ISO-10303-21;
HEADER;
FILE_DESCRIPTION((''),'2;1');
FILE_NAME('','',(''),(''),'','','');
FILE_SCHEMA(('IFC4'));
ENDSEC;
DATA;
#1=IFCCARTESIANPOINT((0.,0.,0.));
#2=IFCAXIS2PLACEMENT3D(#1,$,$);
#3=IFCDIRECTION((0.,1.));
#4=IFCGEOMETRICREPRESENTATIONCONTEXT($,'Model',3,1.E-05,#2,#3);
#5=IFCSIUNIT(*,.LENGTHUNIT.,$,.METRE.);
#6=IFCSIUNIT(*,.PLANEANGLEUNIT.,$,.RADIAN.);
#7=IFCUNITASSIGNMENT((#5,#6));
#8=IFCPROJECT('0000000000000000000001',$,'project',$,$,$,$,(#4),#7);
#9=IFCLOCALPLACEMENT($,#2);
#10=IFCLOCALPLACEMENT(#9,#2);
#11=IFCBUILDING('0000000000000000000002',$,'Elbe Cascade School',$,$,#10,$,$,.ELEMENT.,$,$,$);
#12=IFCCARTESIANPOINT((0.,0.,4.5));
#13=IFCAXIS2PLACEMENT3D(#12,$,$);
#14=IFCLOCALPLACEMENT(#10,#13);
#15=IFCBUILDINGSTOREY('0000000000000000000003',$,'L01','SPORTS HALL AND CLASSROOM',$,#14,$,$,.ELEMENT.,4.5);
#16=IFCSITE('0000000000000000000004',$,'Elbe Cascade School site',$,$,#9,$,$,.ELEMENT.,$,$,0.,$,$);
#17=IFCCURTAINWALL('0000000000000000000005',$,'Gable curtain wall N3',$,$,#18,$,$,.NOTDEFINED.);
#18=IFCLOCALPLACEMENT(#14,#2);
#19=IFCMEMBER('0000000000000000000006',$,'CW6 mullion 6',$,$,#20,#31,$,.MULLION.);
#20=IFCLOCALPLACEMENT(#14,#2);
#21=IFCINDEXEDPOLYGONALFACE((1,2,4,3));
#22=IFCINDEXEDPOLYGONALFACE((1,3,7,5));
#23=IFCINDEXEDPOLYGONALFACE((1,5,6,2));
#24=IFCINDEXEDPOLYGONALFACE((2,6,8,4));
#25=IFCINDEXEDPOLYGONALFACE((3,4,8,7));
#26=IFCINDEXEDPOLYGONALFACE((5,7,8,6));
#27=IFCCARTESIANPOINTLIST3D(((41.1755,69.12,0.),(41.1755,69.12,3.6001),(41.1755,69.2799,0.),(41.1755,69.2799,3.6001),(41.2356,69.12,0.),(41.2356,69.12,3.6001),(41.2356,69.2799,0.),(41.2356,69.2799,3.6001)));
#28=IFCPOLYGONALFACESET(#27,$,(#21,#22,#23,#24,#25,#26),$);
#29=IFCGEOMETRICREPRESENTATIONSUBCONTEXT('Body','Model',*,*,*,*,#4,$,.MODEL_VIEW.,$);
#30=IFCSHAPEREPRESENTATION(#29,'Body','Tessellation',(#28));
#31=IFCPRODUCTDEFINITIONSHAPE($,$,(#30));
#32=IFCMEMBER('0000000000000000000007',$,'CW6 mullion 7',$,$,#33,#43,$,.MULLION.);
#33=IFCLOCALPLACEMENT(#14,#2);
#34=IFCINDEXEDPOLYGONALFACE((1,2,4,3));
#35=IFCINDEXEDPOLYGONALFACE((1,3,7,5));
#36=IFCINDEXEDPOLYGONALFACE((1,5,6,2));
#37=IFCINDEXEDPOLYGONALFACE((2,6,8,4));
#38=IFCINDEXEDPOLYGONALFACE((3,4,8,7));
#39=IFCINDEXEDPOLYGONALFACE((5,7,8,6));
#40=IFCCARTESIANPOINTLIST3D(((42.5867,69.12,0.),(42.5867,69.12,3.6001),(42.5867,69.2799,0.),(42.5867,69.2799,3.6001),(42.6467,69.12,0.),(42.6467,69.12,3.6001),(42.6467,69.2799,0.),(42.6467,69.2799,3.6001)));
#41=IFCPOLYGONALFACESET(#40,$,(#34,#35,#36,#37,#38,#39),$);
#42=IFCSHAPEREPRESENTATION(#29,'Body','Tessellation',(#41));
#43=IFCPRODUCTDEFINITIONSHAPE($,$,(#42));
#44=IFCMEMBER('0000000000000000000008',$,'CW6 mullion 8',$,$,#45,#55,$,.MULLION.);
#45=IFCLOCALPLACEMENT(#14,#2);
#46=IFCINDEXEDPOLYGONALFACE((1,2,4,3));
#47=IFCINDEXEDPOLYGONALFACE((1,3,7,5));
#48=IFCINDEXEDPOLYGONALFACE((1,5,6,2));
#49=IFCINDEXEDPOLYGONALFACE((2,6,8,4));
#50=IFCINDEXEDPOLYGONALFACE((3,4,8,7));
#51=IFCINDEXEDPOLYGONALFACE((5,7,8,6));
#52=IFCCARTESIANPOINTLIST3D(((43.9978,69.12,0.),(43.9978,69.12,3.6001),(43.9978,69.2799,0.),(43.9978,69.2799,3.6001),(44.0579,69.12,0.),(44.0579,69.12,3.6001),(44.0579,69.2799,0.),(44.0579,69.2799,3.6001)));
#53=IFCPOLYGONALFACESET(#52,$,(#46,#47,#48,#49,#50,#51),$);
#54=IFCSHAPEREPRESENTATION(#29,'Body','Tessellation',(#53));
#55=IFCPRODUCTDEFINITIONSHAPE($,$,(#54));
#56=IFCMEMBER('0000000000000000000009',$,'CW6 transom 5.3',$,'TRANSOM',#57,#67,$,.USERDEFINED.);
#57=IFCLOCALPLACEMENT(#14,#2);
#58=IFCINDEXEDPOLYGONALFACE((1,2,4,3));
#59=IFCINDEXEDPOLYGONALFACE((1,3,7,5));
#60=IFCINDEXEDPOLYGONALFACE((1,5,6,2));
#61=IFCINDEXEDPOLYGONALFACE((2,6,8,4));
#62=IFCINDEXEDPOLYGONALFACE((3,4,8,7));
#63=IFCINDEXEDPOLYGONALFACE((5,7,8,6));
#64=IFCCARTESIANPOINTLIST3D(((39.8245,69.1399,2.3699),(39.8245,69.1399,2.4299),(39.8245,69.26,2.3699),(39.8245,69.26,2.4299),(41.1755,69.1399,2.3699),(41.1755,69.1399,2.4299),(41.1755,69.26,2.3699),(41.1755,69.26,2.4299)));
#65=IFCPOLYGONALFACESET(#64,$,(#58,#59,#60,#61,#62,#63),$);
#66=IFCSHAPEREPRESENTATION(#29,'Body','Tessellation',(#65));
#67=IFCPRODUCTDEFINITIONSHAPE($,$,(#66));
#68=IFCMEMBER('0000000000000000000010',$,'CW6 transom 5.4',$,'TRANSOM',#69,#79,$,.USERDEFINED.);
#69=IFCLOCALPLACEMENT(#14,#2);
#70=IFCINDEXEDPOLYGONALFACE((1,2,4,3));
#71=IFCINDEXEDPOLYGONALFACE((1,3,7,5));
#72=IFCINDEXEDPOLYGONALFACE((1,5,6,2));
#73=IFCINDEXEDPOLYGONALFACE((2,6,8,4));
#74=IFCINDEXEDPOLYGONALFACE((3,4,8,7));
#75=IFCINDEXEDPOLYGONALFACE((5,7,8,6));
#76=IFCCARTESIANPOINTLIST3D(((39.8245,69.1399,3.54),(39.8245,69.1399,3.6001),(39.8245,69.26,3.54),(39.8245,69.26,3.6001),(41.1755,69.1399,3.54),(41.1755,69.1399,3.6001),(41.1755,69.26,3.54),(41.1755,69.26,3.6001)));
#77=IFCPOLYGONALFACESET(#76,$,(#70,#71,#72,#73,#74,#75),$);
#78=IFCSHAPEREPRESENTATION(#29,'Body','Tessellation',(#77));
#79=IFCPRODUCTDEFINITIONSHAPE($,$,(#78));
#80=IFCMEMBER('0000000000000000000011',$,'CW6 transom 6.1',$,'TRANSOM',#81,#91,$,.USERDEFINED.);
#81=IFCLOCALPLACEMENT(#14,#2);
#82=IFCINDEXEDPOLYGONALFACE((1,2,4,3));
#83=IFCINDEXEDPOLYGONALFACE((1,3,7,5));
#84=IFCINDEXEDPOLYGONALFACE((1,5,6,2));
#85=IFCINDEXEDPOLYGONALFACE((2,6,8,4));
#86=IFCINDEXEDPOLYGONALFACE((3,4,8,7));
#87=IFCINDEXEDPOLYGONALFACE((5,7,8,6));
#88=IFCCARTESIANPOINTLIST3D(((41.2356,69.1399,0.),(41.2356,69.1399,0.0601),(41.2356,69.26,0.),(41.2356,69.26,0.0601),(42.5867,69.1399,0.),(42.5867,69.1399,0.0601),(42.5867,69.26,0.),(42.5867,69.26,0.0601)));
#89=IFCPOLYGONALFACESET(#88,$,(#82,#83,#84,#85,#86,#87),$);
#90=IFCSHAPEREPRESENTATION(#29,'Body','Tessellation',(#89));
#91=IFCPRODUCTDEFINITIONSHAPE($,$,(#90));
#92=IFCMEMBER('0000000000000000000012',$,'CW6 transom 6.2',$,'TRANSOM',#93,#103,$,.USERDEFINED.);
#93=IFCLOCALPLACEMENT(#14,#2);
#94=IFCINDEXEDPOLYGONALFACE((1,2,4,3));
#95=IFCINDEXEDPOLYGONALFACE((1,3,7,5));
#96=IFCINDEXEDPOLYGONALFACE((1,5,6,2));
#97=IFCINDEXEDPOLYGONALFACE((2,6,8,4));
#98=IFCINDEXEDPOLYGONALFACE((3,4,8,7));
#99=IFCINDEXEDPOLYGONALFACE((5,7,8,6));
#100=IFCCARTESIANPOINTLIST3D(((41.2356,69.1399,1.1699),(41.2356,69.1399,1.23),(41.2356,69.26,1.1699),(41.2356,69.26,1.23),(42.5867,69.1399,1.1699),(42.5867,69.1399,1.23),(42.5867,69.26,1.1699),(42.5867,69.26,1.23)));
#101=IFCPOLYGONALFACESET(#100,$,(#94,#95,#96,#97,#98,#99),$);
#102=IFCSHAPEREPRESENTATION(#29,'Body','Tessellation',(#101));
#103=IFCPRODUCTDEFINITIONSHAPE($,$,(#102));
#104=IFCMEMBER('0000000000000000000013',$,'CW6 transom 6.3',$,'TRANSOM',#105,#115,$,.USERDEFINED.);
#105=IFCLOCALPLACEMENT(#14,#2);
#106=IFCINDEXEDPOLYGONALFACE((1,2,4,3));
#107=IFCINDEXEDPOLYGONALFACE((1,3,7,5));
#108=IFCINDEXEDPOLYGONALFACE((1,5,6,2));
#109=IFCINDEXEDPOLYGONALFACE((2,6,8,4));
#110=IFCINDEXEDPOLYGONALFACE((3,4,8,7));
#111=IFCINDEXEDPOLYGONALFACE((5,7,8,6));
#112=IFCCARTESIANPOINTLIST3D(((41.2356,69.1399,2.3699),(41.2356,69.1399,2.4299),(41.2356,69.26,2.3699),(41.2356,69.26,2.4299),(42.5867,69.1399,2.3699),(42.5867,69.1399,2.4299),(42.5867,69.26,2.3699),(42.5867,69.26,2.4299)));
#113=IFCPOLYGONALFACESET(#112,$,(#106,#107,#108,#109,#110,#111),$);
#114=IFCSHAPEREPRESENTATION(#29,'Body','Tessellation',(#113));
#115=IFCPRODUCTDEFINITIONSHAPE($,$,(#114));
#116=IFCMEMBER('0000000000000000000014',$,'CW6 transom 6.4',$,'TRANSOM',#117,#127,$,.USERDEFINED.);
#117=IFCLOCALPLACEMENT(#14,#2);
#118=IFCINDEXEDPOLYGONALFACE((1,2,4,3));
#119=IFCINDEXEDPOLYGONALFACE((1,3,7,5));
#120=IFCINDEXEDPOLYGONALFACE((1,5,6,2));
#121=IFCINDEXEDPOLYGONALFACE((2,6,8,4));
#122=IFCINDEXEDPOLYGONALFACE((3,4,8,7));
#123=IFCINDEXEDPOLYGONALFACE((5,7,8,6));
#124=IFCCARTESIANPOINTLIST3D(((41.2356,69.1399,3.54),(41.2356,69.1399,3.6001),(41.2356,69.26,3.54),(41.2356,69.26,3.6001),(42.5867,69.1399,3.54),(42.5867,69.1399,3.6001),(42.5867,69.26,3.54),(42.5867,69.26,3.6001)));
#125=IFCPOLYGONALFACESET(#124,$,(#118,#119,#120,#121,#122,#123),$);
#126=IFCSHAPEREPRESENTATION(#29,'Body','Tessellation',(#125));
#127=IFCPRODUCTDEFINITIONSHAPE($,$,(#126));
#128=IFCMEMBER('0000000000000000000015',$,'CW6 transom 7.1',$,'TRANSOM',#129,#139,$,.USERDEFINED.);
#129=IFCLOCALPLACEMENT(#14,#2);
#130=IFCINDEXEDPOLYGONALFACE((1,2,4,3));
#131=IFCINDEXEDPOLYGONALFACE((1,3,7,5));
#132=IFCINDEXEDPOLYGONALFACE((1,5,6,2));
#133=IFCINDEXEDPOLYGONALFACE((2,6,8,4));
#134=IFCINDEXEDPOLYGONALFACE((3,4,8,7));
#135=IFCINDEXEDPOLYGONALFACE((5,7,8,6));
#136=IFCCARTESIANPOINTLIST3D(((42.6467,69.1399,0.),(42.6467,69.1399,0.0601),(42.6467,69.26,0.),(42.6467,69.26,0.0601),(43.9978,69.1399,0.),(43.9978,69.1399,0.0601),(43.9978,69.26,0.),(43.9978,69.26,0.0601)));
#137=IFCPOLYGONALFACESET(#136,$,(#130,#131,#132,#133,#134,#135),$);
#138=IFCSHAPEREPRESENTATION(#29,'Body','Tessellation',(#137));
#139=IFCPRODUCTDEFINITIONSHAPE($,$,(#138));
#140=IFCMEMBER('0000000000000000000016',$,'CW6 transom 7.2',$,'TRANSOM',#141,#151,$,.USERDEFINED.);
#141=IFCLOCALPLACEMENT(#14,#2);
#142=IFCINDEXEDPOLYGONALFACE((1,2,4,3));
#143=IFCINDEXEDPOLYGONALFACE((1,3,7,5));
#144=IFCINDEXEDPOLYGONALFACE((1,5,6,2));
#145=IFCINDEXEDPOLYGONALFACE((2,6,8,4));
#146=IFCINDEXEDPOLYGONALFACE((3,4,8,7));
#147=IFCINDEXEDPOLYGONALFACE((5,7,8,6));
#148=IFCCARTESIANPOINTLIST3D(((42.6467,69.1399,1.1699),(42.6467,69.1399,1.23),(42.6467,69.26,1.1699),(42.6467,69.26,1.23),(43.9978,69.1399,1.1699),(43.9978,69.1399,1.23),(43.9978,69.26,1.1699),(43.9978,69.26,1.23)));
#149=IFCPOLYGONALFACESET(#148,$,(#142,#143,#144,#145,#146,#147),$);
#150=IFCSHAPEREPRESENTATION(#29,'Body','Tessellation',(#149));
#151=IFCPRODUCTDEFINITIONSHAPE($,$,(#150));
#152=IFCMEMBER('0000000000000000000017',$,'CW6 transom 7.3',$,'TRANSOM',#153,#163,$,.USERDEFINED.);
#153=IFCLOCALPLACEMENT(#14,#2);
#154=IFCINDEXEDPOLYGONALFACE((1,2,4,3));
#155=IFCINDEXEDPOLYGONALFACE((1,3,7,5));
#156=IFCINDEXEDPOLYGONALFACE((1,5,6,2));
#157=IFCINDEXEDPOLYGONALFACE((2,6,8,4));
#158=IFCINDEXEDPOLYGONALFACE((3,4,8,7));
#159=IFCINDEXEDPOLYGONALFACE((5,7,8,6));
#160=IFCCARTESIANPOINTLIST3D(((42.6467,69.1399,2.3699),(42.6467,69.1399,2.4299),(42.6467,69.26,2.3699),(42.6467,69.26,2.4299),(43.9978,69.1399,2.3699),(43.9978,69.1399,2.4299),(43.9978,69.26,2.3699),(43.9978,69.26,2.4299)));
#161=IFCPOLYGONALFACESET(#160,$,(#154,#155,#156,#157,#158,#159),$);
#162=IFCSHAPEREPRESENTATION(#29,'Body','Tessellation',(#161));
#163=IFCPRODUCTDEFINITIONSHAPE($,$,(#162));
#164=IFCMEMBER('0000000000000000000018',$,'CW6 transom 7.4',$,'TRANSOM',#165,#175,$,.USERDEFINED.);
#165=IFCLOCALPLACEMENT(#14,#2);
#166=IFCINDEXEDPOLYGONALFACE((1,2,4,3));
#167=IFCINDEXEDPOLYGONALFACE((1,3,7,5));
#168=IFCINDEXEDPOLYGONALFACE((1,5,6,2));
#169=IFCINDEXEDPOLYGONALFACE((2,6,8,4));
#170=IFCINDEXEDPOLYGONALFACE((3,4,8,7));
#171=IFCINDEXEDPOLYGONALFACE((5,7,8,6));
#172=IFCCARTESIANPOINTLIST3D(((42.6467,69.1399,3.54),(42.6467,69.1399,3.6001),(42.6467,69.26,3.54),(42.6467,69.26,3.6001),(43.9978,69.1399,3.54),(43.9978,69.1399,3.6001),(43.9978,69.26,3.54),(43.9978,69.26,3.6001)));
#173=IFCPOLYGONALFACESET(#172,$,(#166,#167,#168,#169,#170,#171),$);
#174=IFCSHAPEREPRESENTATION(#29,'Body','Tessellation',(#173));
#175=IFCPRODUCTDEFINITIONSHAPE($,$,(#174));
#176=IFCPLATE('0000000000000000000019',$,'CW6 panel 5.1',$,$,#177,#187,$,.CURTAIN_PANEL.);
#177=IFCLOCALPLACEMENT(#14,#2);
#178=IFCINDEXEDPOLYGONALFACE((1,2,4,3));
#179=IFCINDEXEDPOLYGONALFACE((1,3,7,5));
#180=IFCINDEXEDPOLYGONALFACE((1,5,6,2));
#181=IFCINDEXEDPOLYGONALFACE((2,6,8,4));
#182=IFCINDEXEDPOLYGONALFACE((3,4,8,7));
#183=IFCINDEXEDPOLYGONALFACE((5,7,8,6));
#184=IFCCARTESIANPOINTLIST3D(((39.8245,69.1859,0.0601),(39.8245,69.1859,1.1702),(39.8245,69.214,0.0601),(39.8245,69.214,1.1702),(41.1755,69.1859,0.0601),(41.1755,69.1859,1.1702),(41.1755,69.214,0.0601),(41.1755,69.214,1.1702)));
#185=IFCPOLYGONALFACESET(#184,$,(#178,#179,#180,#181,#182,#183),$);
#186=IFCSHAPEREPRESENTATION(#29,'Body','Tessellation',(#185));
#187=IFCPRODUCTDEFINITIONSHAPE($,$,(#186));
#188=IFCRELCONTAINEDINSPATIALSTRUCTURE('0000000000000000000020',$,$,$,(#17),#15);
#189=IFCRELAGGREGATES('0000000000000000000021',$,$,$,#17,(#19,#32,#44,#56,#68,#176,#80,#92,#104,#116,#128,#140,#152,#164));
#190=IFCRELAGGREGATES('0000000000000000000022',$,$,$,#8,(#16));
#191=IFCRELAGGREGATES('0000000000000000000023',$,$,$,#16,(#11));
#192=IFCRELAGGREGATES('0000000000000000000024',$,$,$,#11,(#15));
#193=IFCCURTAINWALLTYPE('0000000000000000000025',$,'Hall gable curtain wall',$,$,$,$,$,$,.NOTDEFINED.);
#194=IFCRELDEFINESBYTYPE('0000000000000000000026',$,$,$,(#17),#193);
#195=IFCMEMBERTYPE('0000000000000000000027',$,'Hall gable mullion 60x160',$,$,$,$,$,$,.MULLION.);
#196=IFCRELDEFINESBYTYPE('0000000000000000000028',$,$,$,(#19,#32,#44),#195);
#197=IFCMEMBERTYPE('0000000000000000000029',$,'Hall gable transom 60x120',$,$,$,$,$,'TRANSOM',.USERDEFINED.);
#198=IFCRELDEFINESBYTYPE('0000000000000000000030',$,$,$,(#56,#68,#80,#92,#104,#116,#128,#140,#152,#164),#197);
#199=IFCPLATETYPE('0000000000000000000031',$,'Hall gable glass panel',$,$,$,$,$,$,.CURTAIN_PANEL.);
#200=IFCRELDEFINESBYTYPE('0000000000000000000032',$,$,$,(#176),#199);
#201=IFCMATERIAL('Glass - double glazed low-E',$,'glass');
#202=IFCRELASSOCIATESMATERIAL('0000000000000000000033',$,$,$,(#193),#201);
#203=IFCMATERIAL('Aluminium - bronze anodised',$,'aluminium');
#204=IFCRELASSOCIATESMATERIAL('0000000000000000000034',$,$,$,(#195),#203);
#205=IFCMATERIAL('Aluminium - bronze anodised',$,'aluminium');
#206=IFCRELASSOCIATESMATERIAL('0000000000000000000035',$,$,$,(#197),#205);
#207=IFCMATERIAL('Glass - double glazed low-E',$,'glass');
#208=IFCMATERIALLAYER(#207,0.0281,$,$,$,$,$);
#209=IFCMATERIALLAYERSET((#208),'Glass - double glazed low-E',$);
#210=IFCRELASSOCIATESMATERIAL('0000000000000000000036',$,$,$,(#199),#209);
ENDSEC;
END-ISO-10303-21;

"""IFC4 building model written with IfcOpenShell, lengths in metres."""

from ifc_helpers import new_model, si_unit, direction, frame, origin, origin_2d, place, context, subcontext, project, spatial, rectangle, extrude, material, layer, layer_set, material_profile, profile_set, type_object, element, aggregate, save


model = new_model("IFC4")

# Units and contexts
model_context = context("Model", 3, precision=1e-05, world=origin(), true_north=direction((0.0, 1.0)))
body_context = subcontext(model_context, "Body", "Model", "MODEL_VIEW")
ifc_project = project(units=[si_unit("LENGTHUNIT", "METRE"), si_unit("PLANEANGLEUNIT", "RADIAN")], contexts=[model_context])

# Site, building, storey
site_placement = place(None, origin())
site = spatial("IfcSite", under=ifc_project, at=site_placement, Name="Elbe Cascade School site", CompositionType="ELEMENT", RefElevation=0.0)
building_placement = place(site_placement, origin())
building = spatial("IfcBuilding", under=site, at=building_placement, Name="Elbe Cascade School", CompositionType="ELEMENT")
storey_placement = place(building_placement, frame((0.0, 0.0, 4.5)))
storey = spatial("IfcBuildingStorey", under=building, at=storey_placement, Name="L01", Description="SPORTS HALL AND CLASSROOM", CompositionType="ELEMENT", Elevation=4.5)

# Curtain wall, members, plate
ifc_material_1 = material(Name="Glass - double glazed low-E", Category="glass")
curtain_wall_type = type_object("IfcCurtainWallType", Name="Hall gable curtain wall", PredefinedType="NOTDEFINED", material=ifc_material_1)
curtain_wall_placement = place(storey_placement, origin())
curtain_wall = element("IfcCurtainWall", 1, at=curtain_wall_placement, inside=storey, type_object=curtain_wall_type, Name="Gable curtain wall N3", PredefinedType="NOTDEFINED")
ifc_material_2 = material(Name="Aluminium - bronze anodised", Category="aluminium")
ifc_material_profile_1 = material_profile(ifc_material_2, rectangle(XDim=0.1599, YDim=0.0601, at=origin_2d()), Name="Alu 60x160")
ifc_profile_set_1 = profile_set([ifc_material_profile_1], Name="Aluminium - bronze anodised")
member_type_1 = type_object("IfcMemberType", Name="Hall gable mullion 60x160", PredefinedType="MULLION", material=ifc_profile_set_1)
member_1_placement = place(storey_placement, frame((41.2056, 69.2, 0.0), z_axis=(0.0, 0.0, 1.0), x_axis=(0.0, 1.0, 0.0)))
member_1 = element("IfcMember", 2, at=member_1_placement, type_object=member_type_1, Name="CW6 mullion 6", PredefinedType="MULLION", context=body_context, shape_type="SweptSolid", body=[
    extrude(rectangle(XDim=0.1599, YDim=0.0601, at=origin_2d()), origin(), (0.0, 0.0, 1.0), 3.6001),
])
member_2_placement = place(storey_placement, frame((42.6167, 69.2, 0.0), z_axis=(0.0, 0.0, 1.0), x_axis=(0.0, 1.0, 0.0)))
member_2 = element("IfcMember", 3, at=member_2_placement, type_object=member_type_1, Name="CW6 mullion 7", PredefinedType="MULLION", context=body_context, shape_type="SweptSolid", body=[
    extrude(rectangle(XDim=0.1599, YDim=0.0601, at=origin_2d()), origin(), (0.0, 0.0, 1.0), 3.6001),
])
member_3_placement = place(storey_placement, frame((44.0278, 69.2, 0.0), z_axis=(0.0, 0.0, 1.0), x_axis=(0.0, 1.0, 0.0)))
member_3 = element("IfcMember", 4, at=member_3_placement, type_object=member_type_1, Name="CW6 mullion 8", PredefinedType="MULLION", context=body_context, shape_type="SweptSolid", body=[
    extrude(rectangle(XDim=0.1599, YDim=0.0601, at=origin_2d()), origin(), (0.0, 0.0, 1.0), 3.6001),
])
ifc_material_3 = material(Name="Aluminium - bronze anodised", Category="aluminium")
ifc_material_profile_2 = material_profile(ifc_material_3, rectangle(XDim=0.1201, YDim=0.0601, at=origin_2d()), Name="Alu 60x120")
ifc_profile_set_2 = profile_set([ifc_material_profile_2], Name="Aluminium - bronze anodised")
member_type_2 = type_object("IfcMemberType", Name="Hall gable transom 60x120", ElementType="TRANSOM", PredefinedType="USERDEFINED", material=ifc_profile_set_2)
member_4_placement = place(storey_placement, frame((39.8245, 69.2, 2.3999), z_axis=(1.0, 0.0, 0.0), x_axis=(0.0, 1.0, 0.0)))
member_4 = element("IfcMember", 5, at=member_4_placement, type_object=member_type_2, Name="CW6 transom 5.3", ObjectType="TRANSOM", PredefinedType="USERDEFINED", context=body_context, shape_type="SweptSolid", body=[
    extrude(rectangle(XDim=0.1201, YDim=0.0601, at=origin_2d()), origin(), (0.0, 0.0, 1.0), 1.3511),
])
member_5_placement = place(storey_placement, frame((39.8245, 69.2, 3.5701), z_axis=(1.0, 0.0, 0.0), x_axis=(0.0, 1.0, 0.0)))
member_5 = element("IfcMember", 6, at=member_5_placement, type_object=member_type_2, Name="CW6 transom 5.4", ObjectType="TRANSOM", PredefinedType="USERDEFINED", context=body_context, shape_type="SweptSolid", body=[
    extrude(rectangle(XDim=0.1201, YDim=0.0601, at=origin_2d()), origin(), (0.0, 0.0, 1.0), 1.3511),
])
member_6_placement = place(storey_placement, frame((41.2356, 69.2, 0.03), z_axis=(1.0, 0.0, 0.0), x_axis=(0.0, 1.0, 0.0)))
member_6 = element("IfcMember", 7, at=member_6_placement, type_object=member_type_2, Name="CW6 transom 6.1", ObjectType="TRANSOM", PredefinedType="USERDEFINED", context=body_context, shape_type="SweptSolid", body=[
    extrude(rectangle(XDim=0.1201, YDim=0.0601, at=origin_2d()), origin(), (0.0, 0.0, 1.0), 1.3511),
])
member_7_placement = place(storey_placement, frame((41.2356, 69.2, 1.2), z_axis=(1.0, 0.0, 0.0), x_axis=(0.0, 1.0, 0.0)))
member_7 = element("IfcMember", 8, at=member_7_placement, type_object=member_type_2, Name="CW6 transom 6.2", ObjectType="TRANSOM", PredefinedType="USERDEFINED", context=body_context, shape_type="SweptSolid", body=[
    extrude(rectangle(XDim=0.1201, YDim=0.0601, at=origin_2d()), origin(), (0.0, 0.0, 1.0), 1.3511),
])
member_8_placement = place(storey_placement, frame((41.2356, 69.2, 2.3999), z_axis=(1.0, 0.0, 0.0), x_axis=(0.0, 1.0, 0.0)))
member_8 = element("IfcMember", 9, at=member_8_placement, type_object=member_type_2, Name="CW6 transom 6.3", ObjectType="TRANSOM", PredefinedType="USERDEFINED", context=body_context, shape_type="SweptSolid", body=[
    extrude(rectangle(XDim=0.1201, YDim=0.0601, at=origin_2d()), origin(), (0.0, 0.0, 1.0), 1.3511),
])
member_9_placement = place(storey_placement, frame((41.2356, 69.2, 3.5701), z_axis=(1.0, 0.0, 0.0), x_axis=(0.0, 1.0, 0.0)))
member_9 = element("IfcMember", 10, at=member_9_placement, type_object=member_type_2, Name="CW6 transom 6.4", ObjectType="TRANSOM", PredefinedType="USERDEFINED", context=body_context, shape_type="SweptSolid", body=[
    extrude(rectangle(XDim=0.1201, YDim=0.0601, at=origin_2d()), origin(), (0.0, 0.0, 1.0), 1.3511),
])
member_10_placement = place(storey_placement, frame((42.6467, 69.2, 0.03), z_axis=(1.0, 0.0, 0.0), x_axis=(0.0, 1.0, 0.0)))
member_10 = element("IfcMember", 11, at=member_10_placement, type_object=member_type_2, Name="CW6 transom 7.1", ObjectType="TRANSOM", PredefinedType="USERDEFINED", context=body_context, shape_type="SweptSolid", body=[
    extrude(rectangle(XDim=0.1201, YDim=0.0601, at=origin_2d()), origin(), (0.0, 0.0, 1.0), 1.3511),
])
member_11_placement = place(storey_placement, frame((42.6467, 69.2, 1.2), z_axis=(1.0, 0.0, 0.0), x_axis=(0.0, 1.0, 0.0)))
member_11 = element("IfcMember", 12, at=member_11_placement, type_object=member_type_2, Name="CW6 transom 7.2", ObjectType="TRANSOM", PredefinedType="USERDEFINED", context=body_context, shape_type="SweptSolid", body=[
    extrude(rectangle(XDim=0.1201, YDim=0.0601, at=origin_2d()), origin(), (0.0, 0.0, 1.0), 1.3511),
])
member_12_placement = place(storey_placement, frame((42.6467, 69.2, 2.3999), z_axis=(1.0, 0.0, 0.0), x_axis=(0.0, 1.0, 0.0)))
member_12 = element("IfcMember", 13, at=member_12_placement, type_object=member_type_2, Name="CW6 transom 7.3", ObjectType="TRANSOM", PredefinedType="USERDEFINED", context=body_context, shape_type="SweptSolid", body=[
    extrude(rectangle(XDim=0.1201, YDim=0.0601, at=origin_2d()), origin(), (0.0, 0.0, 1.0), 1.3511),
])
member_13_placement = place(storey_placement, frame((42.6467, 69.2, 3.5701), z_axis=(1.0, 0.0, 0.0), x_axis=(0.0, 1.0, 0.0)))
member_13 = element("IfcMember", 14, at=member_13_placement, type_object=member_type_2, Name="CW6 transom 7.4", ObjectType="TRANSOM", PredefinedType="USERDEFINED", context=body_context, shape_type="SweptSolid", body=[
    extrude(rectangle(XDim=0.1201, YDim=0.0601, at=origin_2d()), origin(), (0.0, 0.0, 1.0), 1.3511),
])
ifc_material_4 = material(Name="Glass - double glazed low-E", Category="glass")
ifc_layer = layer(ifc_material_4, 0.0281)
ifc_layer_set = layer_set([ifc_layer], Name="Glass - double glazed low-E")
plate_type = type_object("IfcPlateType", Name="Hall gable glass panel", PredefinedType="CURTAIN_PANEL", material=ifc_layer_set)
plate_1_placement = place(storey_placement, frame((40.5, 69.2, 0.0601), z_axis=(0.0, 0.0, 1.0), x_axis=(1.0, 0.0, 0.0)))
plate_1 = element("IfcPlate", 15, at=plate_1_placement, type_object=plate_type, Name="CW6 panel 5.1", PredefinedType="CURTAIN_PANEL", context=body_context, shape_type="SweptSolid", body=[
    extrude(rectangle(XDim=1.3511, YDim=0.0281, at=origin_2d()), origin(), (0.0, 0.0, 1.0), 1.1101),
])
aggregate(curtain_wall, [member_1, member_2, member_3, member_4, member_5, plate_1, member_6, member_7, member_8, member_9, member_10, member_11, member_12, member_13])

save(model, "model.ifc")
